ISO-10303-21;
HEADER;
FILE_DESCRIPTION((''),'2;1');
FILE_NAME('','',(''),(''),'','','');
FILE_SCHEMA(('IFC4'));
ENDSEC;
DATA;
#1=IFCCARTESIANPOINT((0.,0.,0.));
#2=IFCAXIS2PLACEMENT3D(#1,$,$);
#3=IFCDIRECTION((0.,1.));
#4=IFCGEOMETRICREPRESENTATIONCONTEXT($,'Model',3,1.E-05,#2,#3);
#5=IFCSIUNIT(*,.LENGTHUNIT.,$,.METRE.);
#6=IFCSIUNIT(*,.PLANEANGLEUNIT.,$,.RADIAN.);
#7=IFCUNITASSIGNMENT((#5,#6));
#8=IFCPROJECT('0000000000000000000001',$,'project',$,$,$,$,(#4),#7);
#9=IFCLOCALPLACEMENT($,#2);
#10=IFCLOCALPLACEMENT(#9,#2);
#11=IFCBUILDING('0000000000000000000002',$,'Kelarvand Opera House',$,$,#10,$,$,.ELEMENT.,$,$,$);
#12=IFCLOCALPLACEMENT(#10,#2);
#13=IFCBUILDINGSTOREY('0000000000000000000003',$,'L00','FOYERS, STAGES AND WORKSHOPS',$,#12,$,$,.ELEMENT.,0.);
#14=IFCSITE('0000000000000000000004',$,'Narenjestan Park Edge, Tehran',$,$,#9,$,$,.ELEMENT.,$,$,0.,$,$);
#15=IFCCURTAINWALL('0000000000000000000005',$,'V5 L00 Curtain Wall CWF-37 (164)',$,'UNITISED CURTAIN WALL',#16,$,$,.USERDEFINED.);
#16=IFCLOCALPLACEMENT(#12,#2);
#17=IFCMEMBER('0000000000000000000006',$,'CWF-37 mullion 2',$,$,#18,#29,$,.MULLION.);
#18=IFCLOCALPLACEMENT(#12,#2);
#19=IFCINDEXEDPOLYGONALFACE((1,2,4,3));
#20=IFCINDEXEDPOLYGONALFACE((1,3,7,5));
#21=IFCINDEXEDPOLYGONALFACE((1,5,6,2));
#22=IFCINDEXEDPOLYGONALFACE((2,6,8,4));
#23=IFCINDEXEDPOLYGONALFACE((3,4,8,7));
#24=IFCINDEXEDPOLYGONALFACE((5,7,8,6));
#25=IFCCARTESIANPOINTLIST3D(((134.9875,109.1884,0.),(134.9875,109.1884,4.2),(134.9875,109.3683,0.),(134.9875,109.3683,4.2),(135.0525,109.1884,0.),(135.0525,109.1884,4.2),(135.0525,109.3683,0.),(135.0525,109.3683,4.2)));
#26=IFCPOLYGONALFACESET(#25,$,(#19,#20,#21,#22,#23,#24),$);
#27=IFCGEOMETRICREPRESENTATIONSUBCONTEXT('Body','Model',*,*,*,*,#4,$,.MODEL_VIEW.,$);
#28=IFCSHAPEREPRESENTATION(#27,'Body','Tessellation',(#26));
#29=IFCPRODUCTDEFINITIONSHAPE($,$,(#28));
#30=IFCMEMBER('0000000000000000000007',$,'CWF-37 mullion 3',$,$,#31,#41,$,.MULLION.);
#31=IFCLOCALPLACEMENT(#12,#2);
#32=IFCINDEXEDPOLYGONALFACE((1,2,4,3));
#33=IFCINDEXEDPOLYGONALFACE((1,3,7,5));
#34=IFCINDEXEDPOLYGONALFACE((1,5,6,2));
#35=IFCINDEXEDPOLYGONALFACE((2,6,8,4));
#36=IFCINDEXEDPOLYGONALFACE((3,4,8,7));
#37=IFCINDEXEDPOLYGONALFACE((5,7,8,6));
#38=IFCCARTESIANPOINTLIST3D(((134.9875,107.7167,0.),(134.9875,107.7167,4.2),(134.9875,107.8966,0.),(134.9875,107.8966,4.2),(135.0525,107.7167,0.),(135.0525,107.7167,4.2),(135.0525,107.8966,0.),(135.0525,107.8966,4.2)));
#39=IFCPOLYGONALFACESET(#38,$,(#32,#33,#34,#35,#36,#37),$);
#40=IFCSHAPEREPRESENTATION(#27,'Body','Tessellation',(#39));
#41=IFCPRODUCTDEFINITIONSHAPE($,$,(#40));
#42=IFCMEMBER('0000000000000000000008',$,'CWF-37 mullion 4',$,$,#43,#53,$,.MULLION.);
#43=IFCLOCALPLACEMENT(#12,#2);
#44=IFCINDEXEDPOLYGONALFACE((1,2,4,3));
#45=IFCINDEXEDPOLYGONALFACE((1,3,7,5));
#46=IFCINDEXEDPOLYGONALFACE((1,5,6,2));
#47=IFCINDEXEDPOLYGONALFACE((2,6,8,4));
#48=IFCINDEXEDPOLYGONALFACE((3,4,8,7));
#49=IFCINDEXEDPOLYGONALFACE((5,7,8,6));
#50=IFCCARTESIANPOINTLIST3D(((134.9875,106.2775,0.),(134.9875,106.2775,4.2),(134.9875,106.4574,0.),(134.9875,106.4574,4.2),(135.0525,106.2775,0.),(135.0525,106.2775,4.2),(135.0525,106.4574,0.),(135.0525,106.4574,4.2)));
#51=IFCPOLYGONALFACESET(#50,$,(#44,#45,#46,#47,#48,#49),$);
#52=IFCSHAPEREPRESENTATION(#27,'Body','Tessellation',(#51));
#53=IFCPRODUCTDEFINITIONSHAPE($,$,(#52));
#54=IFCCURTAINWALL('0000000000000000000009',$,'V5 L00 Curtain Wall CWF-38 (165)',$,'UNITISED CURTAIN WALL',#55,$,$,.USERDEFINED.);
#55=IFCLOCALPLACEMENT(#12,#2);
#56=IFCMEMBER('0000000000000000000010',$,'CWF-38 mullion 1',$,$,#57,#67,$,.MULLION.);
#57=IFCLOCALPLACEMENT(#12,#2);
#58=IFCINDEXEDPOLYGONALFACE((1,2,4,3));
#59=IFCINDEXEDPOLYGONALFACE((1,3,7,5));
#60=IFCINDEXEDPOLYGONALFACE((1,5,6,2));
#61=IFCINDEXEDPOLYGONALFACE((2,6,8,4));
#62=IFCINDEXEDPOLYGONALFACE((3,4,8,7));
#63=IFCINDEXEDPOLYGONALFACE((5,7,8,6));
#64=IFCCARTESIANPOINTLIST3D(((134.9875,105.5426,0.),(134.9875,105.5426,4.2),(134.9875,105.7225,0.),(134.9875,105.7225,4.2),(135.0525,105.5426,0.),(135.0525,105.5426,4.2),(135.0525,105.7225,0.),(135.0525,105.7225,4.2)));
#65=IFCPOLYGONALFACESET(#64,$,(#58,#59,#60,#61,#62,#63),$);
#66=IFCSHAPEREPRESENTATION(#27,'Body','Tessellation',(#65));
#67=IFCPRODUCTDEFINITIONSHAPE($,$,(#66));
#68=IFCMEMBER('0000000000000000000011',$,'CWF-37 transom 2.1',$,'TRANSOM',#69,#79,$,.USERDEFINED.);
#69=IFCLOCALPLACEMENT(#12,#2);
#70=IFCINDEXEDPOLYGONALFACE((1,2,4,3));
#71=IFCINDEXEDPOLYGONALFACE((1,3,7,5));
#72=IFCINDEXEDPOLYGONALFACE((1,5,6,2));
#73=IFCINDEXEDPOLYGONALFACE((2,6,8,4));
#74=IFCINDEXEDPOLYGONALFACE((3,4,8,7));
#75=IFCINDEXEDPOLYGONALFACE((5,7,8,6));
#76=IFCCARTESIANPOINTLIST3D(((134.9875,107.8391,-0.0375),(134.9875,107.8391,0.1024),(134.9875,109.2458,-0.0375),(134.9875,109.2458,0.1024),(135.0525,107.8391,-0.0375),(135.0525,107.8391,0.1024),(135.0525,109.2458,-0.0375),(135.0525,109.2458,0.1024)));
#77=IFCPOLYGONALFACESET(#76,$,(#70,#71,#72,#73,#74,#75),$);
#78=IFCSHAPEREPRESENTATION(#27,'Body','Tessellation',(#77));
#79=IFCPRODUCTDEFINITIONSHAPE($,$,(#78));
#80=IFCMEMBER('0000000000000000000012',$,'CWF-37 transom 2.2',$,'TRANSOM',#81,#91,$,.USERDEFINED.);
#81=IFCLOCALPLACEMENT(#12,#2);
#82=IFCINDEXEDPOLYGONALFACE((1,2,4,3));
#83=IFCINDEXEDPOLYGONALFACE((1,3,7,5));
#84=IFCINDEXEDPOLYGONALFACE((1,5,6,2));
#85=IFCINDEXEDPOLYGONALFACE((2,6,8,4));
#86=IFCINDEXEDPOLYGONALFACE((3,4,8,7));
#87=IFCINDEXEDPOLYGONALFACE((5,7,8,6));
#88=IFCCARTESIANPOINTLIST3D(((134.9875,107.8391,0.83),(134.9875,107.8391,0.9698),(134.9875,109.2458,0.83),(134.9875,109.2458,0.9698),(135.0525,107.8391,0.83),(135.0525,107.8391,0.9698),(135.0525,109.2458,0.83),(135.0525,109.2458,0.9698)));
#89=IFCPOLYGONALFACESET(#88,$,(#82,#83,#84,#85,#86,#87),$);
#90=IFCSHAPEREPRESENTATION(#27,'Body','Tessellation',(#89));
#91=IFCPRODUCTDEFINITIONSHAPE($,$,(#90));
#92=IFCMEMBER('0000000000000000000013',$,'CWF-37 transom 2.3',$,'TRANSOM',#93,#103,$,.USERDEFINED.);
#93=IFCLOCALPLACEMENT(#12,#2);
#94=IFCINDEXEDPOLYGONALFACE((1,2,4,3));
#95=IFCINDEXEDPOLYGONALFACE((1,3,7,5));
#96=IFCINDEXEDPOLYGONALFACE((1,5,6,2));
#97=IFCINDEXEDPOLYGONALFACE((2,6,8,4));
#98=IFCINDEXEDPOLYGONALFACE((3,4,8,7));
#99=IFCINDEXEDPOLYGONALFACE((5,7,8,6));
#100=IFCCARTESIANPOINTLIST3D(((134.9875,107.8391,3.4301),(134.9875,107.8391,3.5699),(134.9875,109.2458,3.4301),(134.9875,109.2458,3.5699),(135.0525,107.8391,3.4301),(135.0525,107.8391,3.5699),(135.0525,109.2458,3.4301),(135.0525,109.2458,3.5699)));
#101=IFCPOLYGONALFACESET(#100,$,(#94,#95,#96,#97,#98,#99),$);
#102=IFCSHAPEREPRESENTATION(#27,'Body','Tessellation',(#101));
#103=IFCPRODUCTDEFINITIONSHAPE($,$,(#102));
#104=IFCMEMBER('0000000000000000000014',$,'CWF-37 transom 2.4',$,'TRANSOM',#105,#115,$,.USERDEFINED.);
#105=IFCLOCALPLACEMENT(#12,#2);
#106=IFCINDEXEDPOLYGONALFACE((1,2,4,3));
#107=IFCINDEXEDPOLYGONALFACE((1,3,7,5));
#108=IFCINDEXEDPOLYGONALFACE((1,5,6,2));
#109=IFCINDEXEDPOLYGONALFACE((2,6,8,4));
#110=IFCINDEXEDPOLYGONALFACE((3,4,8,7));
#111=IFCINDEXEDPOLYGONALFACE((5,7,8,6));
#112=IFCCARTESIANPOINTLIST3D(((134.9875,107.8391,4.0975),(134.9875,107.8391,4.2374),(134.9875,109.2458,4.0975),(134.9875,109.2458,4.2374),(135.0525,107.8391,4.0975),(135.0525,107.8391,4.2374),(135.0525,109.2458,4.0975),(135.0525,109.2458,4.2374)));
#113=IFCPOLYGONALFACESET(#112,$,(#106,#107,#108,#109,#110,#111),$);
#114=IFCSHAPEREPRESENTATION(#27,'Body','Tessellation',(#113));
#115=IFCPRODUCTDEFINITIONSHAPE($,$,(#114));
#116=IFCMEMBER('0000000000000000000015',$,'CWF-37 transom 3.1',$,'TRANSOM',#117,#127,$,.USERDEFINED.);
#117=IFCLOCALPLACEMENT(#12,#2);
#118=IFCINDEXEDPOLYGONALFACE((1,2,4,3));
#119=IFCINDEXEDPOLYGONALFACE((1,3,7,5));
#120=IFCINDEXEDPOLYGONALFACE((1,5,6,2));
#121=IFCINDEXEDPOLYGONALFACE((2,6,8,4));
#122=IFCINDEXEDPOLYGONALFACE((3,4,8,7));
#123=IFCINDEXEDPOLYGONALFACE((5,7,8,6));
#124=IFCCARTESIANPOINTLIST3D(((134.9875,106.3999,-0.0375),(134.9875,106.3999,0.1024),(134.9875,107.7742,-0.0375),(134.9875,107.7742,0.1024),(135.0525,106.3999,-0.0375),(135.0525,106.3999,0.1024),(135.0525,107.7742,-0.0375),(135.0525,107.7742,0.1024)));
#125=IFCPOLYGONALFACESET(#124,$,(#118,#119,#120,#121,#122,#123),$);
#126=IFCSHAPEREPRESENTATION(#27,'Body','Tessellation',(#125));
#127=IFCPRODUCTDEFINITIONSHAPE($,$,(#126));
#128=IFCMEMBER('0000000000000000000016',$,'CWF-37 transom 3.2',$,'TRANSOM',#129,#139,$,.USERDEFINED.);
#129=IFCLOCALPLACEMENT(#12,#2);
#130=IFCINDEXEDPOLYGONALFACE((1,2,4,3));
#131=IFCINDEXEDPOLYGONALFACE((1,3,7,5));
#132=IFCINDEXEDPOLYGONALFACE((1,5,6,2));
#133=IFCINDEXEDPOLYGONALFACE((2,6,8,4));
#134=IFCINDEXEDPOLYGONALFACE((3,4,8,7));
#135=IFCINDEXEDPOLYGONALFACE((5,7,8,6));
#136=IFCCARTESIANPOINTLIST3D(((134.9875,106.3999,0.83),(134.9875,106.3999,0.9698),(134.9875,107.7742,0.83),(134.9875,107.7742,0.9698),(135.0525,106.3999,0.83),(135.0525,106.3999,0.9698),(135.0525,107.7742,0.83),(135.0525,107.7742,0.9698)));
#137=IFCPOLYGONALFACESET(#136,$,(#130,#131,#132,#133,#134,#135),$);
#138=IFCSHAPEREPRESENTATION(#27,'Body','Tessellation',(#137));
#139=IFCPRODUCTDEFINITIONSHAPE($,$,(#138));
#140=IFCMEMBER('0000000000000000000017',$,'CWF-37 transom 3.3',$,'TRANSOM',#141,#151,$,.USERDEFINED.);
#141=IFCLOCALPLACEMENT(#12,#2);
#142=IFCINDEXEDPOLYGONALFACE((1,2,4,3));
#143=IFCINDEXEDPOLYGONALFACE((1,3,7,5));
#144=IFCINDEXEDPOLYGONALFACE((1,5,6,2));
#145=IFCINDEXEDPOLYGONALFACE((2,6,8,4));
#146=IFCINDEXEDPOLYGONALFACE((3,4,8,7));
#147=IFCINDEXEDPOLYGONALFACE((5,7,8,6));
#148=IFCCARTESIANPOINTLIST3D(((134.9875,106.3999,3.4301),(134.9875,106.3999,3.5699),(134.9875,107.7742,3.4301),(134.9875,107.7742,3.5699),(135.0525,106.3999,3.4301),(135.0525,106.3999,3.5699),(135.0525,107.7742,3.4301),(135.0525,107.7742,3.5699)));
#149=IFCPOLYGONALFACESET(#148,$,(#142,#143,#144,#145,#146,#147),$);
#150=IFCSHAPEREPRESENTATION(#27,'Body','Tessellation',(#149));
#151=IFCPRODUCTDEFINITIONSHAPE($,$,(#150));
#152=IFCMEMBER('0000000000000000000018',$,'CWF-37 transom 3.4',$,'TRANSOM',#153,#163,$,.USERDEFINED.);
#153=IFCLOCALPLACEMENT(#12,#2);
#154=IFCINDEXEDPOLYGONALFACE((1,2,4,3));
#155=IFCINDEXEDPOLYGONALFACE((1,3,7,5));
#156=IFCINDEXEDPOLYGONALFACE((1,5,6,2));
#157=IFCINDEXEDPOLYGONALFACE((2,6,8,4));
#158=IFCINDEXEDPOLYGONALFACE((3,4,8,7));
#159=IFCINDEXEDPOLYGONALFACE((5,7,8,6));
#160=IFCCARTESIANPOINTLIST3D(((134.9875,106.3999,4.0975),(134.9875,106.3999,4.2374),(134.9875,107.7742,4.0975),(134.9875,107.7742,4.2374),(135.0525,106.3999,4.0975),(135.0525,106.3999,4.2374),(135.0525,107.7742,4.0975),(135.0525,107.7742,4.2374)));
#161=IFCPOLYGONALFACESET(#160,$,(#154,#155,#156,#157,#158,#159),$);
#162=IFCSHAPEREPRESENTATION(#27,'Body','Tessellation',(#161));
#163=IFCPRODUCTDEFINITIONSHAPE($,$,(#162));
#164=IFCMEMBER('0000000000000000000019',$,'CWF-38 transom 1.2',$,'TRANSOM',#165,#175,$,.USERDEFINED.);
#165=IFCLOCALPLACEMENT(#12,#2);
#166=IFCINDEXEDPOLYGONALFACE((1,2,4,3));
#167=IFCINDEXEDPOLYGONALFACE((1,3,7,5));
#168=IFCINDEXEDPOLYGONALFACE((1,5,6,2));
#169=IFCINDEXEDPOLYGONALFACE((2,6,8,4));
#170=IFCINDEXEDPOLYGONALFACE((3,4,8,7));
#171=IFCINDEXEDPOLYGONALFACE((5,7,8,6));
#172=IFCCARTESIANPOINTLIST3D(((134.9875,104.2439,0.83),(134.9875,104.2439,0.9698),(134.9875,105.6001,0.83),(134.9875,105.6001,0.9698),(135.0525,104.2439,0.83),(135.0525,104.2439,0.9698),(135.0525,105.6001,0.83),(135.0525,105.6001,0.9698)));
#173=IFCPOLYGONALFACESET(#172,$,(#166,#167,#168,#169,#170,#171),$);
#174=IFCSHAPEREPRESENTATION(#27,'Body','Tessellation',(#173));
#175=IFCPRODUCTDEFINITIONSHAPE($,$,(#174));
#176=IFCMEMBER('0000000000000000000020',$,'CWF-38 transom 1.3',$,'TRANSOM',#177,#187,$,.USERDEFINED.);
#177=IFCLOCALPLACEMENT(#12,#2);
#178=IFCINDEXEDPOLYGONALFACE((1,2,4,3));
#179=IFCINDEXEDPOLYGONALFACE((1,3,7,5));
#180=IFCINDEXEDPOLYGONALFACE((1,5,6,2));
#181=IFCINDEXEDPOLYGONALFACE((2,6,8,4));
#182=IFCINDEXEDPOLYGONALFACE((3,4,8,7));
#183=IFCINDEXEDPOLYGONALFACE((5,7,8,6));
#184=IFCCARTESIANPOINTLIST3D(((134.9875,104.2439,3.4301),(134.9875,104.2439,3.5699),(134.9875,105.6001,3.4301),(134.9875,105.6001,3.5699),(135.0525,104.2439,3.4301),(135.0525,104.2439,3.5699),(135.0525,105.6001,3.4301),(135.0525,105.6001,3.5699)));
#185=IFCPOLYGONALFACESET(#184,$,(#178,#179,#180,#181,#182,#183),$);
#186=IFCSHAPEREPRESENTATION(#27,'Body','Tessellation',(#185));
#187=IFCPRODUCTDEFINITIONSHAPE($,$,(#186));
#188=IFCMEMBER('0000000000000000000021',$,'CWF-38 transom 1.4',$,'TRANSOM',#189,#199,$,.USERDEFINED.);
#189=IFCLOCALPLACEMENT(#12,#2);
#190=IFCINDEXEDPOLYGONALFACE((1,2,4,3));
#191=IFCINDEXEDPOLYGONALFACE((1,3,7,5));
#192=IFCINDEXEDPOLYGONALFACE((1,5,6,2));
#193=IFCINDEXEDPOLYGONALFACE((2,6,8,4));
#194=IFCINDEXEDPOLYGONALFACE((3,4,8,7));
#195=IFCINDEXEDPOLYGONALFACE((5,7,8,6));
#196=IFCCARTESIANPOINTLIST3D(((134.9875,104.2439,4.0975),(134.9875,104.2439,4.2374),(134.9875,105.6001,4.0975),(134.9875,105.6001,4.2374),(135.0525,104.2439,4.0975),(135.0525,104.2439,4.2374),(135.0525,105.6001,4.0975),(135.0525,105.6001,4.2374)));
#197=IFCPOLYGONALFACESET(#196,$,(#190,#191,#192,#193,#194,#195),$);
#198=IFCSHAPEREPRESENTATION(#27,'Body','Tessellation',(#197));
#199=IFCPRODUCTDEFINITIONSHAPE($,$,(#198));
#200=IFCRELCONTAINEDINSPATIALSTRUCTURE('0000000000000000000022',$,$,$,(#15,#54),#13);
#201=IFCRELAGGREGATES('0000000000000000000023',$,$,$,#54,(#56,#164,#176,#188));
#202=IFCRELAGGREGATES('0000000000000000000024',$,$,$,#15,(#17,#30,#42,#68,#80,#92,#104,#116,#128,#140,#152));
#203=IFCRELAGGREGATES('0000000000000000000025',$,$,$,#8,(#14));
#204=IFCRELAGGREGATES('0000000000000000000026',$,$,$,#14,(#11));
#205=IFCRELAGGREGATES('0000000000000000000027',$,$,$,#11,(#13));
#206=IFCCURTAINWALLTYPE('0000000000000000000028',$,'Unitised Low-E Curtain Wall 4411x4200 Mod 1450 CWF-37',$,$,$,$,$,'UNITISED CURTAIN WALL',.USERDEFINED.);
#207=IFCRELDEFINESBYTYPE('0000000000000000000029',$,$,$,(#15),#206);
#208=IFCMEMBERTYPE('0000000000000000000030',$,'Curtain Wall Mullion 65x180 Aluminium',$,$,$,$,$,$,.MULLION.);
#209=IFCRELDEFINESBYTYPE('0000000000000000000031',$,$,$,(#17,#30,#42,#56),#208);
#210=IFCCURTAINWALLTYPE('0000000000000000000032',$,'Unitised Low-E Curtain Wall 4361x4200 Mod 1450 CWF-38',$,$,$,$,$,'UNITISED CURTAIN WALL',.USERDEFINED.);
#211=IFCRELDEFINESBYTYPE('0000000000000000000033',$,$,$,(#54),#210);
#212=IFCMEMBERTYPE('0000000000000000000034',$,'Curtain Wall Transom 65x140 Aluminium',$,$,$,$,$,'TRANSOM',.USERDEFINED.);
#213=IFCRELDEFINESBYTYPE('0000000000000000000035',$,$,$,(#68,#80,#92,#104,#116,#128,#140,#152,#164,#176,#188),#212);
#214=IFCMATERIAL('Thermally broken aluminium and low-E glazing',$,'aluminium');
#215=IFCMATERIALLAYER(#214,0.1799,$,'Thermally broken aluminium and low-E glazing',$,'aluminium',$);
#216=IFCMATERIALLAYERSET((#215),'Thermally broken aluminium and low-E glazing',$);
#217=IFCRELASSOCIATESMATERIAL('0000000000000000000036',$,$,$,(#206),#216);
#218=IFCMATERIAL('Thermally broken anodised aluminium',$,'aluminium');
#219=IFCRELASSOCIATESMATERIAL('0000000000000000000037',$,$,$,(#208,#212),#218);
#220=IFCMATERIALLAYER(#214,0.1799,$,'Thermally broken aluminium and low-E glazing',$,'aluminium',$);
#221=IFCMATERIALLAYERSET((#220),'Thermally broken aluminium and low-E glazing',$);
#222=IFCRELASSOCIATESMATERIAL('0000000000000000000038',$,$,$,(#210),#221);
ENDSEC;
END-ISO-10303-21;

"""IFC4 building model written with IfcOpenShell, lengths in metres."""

from ifc_helpers import new_model, si_unit, direction, frame, origin, origin_2d, place, context, subcontext, project, spatial, rectangle, extrude, material, layer, layer_set, material_profile, profile_set, type_object, element, aggregate, save


model = new_model("IFC4")

# Units and contexts
model_context = context("Model", 3, precision=1e-05, world=origin(), true_north=direction((0.0, 1.0)))
body_context = subcontext(model_context, "Body", "Model", "MODEL_VIEW")
ifc_project = project(units=[si_unit("LENGTHUNIT", "METRE"), si_unit("PLANEANGLEUNIT", "RADIAN")], contexts=[model_context])

# Site, building, storey
site_placement = place(None, origin())
site = spatial("IfcSite", under=ifc_project, at=site_placement, Name="Narenjestan Park Edge, Tehran", CompositionType="ELEMENT", RefElevation=0.0)
building_placement = place(site_placement, origin())
building = spatial("IfcBuilding", under=site, at=building_placement, Name="Kelarvand Opera House", CompositionType="ELEMENT")
storey_placement = place(building_placement, origin())
storey = spatial("IfcBuildingStorey", under=building, at=storey_placement, Name="L00", Description="FOYERS, STAGES AND WORKSHOPS", CompositionType="ELEMENT", Elevation=0.0)

# Curtain wall, members
ifc_material_1 = material(Name="Thermally broken aluminium and low-E glazing", Category="aluminium")
ifc_layer_1 = layer(ifc_material_1, 0.1799, Name="Thermally broken aluminium and low-E glazing", Category="aluminium")
ifc_layer_set_1 = layer_set([ifc_layer_1], Name="Thermally broken aluminium and low-E glazing")
curtain_wall_type_1 = type_object("IfcCurtainWallType", Name="Unitised Low-E Curtain Wall 4411x4200 Mod 1450 CWF-37", ElementType="UNITISED CURTAIN WALL", PredefinedType="USERDEFINED", material=ifc_layer_set_1)
curtain_wall_1_placement = place(storey_placement, origin())
curtain_wall_1 = element("IfcCurtainWall", 1, at=curtain_wall_1_placement, inside=storey, type_object=curtain_wall_type_1, Name="V5 L00 Curtain Wall CWF-37 (164)", ObjectType="UNITISED CURTAIN WALL", PredefinedType="USERDEFINED")
ifc_material_2 = material(Name="Thermally broken anodised aluminium", Category="aluminium")
ifc_material_profile_1 = material_profile(ifc_material_2, rectangle(XDim=0.0649, YDim=0.1799, at=origin_2d()), Name="ALU MULLION 65x180", Category="aluminium")
ifc_profile_set_1 = profile_set([ifc_material_profile_1], Name="Thermally broken anodised aluminium")
member_type_1 = type_object("IfcMemberType", Name="Curtain Wall Mullion 65x180 Aluminium", PredefinedType="MULLION", material=ifc_profile_set_1)
member_1_placement = place(storey_placement, frame((135.02, 109.2783, 0.0), z_axis=(0.0, 0.0, 1.0), x_axis=(1.0, 0.0, 0.0)))
member_1 = element("IfcMember", 2, at=member_1_placement, type_object=member_type_1, Name="CWF-37 mullion 2", PredefinedType="MULLION", context=body_context, shape_type="SweptSolid", body=[
    extrude(rectangle(XDim=0.0649, YDim=0.1799, at=origin_2d()), origin(), (0.0, 0.0, 1.0), 4.2),
])
member_2_placement = place(storey_placement, frame((135.02, 107.8066, 0.0), z_axis=(0.0, 0.0, 1.0), x_axis=(1.0, 0.0, 0.0)))
member_2 = element("IfcMember", 3, at=member_2_placement, type_object=member_type_1, Name="CWF-37 mullion 3", PredefinedType="MULLION", context=body_context, shape_type="SweptSolid", body=[
    extrude(rectangle(XDim=0.0649, YDim=0.1799, at=origin_2d()), origin(), (0.0, 0.0, 1.0), 4.2),
])
member_3_placement = place(storey_placement, frame((135.02, 106.3674, 0.0), z_axis=(0.0, 0.0, 1.0), x_axis=(1.0, 0.0, 0.0)))
member_3 = element("IfcMember", 4, at=member_3_placement, type_object=member_type_1, Name="CWF-37 mullion 4", PredefinedType="MULLION", context=body_context, shape_type="SweptSolid", body=[
    extrude(rectangle(XDim=0.0649, YDim=0.1799, at=origin_2d()), origin(), (0.0, 0.0, 1.0), 4.2),
])

# Curtain wall, member
ifc_layer_2 = layer(ifc_material_1, 0.1799, Name="Thermally broken aluminium and low-E glazing", Category="aluminium")
ifc_layer_set_2 = layer_set([ifc_layer_2], Name="Thermally broken aluminium and low-E glazing")
curtain_wall_type_2 = type_object("IfcCurtainWallType", Name="Unitised Low-E Curtain Wall 4361x4200 Mod 1450 CWF-38", ElementType="UNITISED CURTAIN WALL", PredefinedType="USERDEFINED", material=ifc_layer_set_2)
curtain_wall_2_placement = place(storey_placement, origin())
curtain_wall_2 = element("IfcCurtainWall", 5, at=curtain_wall_2_placement, inside=storey, type_object=curtain_wall_type_2, Name="V5 L00 Curtain Wall CWF-38 (165)", ObjectType="UNITISED CURTAIN WALL", PredefinedType="USERDEFINED")
member_4_placement = place(storey_placement, frame((135.02, 105.6326, 0.0), z_axis=(0.0, 0.0, 1.0), x_axis=(1.0, 0.0, 0.0)))
member_4 = element("IfcMember", 6, at=member_4_placement, type_object=member_type_1, Name="CWF-38 mullion 1", PredefinedType="MULLION", context=body_context, shape_type="SweptSolid", body=[
    extrude(rectangle(XDim=0.0649, YDim=0.1799, at=origin_2d()), origin(), (0.0, 0.0, 1.0), 4.2),
])

# Members
ifc_material_profile_2 = material_profile(ifc_material_2, rectangle(XDim=0.0649, YDim=0.1399, at=origin_2d()), Name="ALU TRANSOM 65x140", Category="aluminium")
ifc_profile_set_2 = profile_set([ifc_material_profile_2], Name="Thermally broken anodised aluminium")
member_type_2 = type_object("IfcMemberType", Name="Curtain Wall Transom 65x140 Aluminium", ElementType="TRANSOM", PredefinedType="USERDEFINED", material=ifc_profile_set_2)
member_5_placement = place(storey_placement, frame((135.02, 109.2458, 0.0325), z_axis=(0.0, -1.0, 0.0), x_axis=(1.0, 0.0, 0.0)))
member_5 = element("IfcMember", 7, at=member_5_placement, type_object=member_type_2, Name="CWF-37 transom 2.1", ObjectType="TRANSOM", PredefinedType="USERDEFINED", context=body_context, shape_type="SweptSolid", body=[
    extrude(rectangle(XDim=0.0649, YDim=0.1399, at=origin_2d()), origin(), (0.0, 0.0, 1.0), 1.4067),
])
member_6_placement = place(storey_placement, frame((135.02, 109.2458, 0.8999), z_axis=(0.0, -1.0, 0.0), x_axis=(1.0, 0.0, 0.0)))
member_6 = element("IfcMember", 8, at=member_6_placement, type_object=member_type_2, Name="CWF-37 transom 2.2", ObjectType="TRANSOM", PredefinedType="USERDEFINED", context=body_context, shape_type="SweptSolid", body=[
    extrude(rectangle(XDim=0.0649, YDim=0.1399, at=origin_2d()), origin(), (0.0, 0.0, 1.0), 1.4067),
])
member_7_placement = place(storey_placement, frame((135.02, 109.2458, 3.5), z_axis=(0.0, -1.0, 0.0), x_axis=(1.0, 0.0, 0.0)))
member_7 = element("IfcMember", 9, at=member_7_placement, type_object=member_type_2, Name="CWF-37 transom 2.3", ObjectType="TRANSOM", PredefinedType="USERDEFINED", context=body_context, shape_type="SweptSolid", body=[
    extrude(rectangle(XDim=0.0649, YDim=0.1399, at=origin_2d()), origin(), (0.0, 0.0, 1.0), 1.4067),
])
member_8_placement = place(storey_placement, frame((135.02, 109.2458, 4.1675), z_axis=(0.0, -1.0, 0.0), x_axis=(1.0, 0.0, 0.0)))
member_8 = element("IfcMember", 10, at=member_8_placement, type_object=member_type_2, Name="CWF-37 transom 2.4", ObjectType="TRANSOM", PredefinedType="USERDEFINED", context=body_context, shape_type="SweptSolid", body=[
    extrude(rectangle(XDim=0.0649, YDim=0.1399, at=origin_2d()), origin(), (0.0, 0.0, 1.0), 1.4067),
])
member_9_placement = place(storey_placement, frame((135.02, 107.7742, 0.0325), z_axis=(0.0, -1.0, 0.0), x_axis=(1.0, 0.0, 0.0)))
member_9 = element("IfcMember", 11, at=member_9_placement, type_object=member_type_2, Name="CWF-37 transom 3.1", ObjectType="TRANSOM", PredefinedType="USERDEFINED", context=body_context, shape_type="SweptSolid", body=[
    extrude(rectangle(XDim=0.0649, YDim=0.1399, at=origin_2d()), origin(), (0.0, 0.0, 1.0), 1.3743),
])
member_10_placement = place(storey_placement, frame((135.02, 107.7742, 0.8999), z_axis=(0.0, -1.0, 0.0), x_axis=(1.0, 0.0, 0.0)))
member_10 = element("IfcMember", 12, at=member_10_placement, type_object=member_type_2, Name="CWF-37 transom 3.2", ObjectType="TRANSOM", PredefinedType="USERDEFINED", context=body_context, shape_type="SweptSolid", body=[
    extrude(rectangle(XDim=0.0649, YDim=0.1399, at=origin_2d()), origin(), (0.0, 0.0, 1.0), 1.3743),
])
member_11_placement = place(storey_placement, frame((135.02, 107.7742, 3.5), z_axis=(0.0, -1.0, 0.0), x_axis=(1.0, 0.0, 0.0)))
member_11 = element("IfcMember", 13, at=member_11_placement, type_object=member_type_2, Name="CWF-37 transom 3.3", ObjectType="TRANSOM", PredefinedType="USERDEFINED", context=body_context, shape_type="SweptSolid", body=[
    extrude(rectangle(XDim=0.0649, YDim=0.1399, at=origin_2d()), origin(), (0.0, 0.0, 1.0), 1.3743),
])
member_12_placement = place(storey_placement, frame((135.02, 107.7742, 4.1675), z_axis=(0.0, -1.0, 0.0), x_axis=(1.0, 0.0, 0.0)))
member_12 = element("IfcMember", 14, at=member_12_placement, type_object=member_type_2, Name="CWF-37 transom 3.4", ObjectType="TRANSOM", PredefinedType="USERDEFINED", context=body_context, shape_type="SweptSolid", body=[
    extrude(rectangle(XDim=0.0649, YDim=0.1399, at=origin_2d()), origin(), (0.0, 0.0, 1.0), 1.3743),
])
member_13_placement = place(storey_placement, frame((135.02, 105.6001, 0.8999), z_axis=(0.0, -1.0, 0.0), x_axis=(1.0, 0.0, 0.0)))
member_13 = element("IfcMember", 15, at=member_13_placement, type_object=member_type_2, Name="CWF-38 transom 1.2", ObjectType="TRANSOM", PredefinedType="USERDEFINED", context=body_context, shape_type="SweptSolid", body=[
    extrude(rectangle(XDim=0.0649, YDim=0.1399, at=origin_2d()), origin(), (0.0, 0.0, 1.0), 1.3562),
])
member_14_placement = place(storey_placement, frame((135.02, 105.6001, 3.5), z_axis=(0.0, -1.0, 0.0), x_axis=(1.0, 0.0, 0.0)))
member_14 = element("IfcMember", 16, at=member_14_placement, type_object=member_type_2, Name="CWF-38 transom 1.3", ObjectType="TRANSOM", PredefinedType="USERDEFINED", context=body_context, shape_type="SweptSolid", body=[
    extrude(rectangle(XDim=0.0649, YDim=0.1399, at=origin_2d()), origin(), (0.0, 0.0, 1.0), 1.3562),
])
member_15_placement = place(storey_placement, frame((135.02, 105.6001, 4.1675), z_axis=(0.0, -1.0, 0.0), x_axis=(1.0, 0.0, 0.0)))
member_15 = element("IfcMember", 17, at=member_15_placement, type_object=member_type_2, Name="CWF-38 transom 1.4", ObjectType="TRANSOM", PredefinedType="USERDEFINED", context=body_context, shape_type="SweptSolid", body=[
    extrude(rectangle(XDim=0.0649, YDim=0.1399, at=origin_2d()), origin(), (0.0, 0.0, 1.0), 1.3562),
])
aggregate(curtain_wall_2, [member_4, member_13, member_14, member_15])

aggregate(curtain_wall_1, [member_1, member_2, member_3, member_5, member_6, member_7, member_8, member_9, member_10, member_11, member_12])

save(model, "model.ifc")
